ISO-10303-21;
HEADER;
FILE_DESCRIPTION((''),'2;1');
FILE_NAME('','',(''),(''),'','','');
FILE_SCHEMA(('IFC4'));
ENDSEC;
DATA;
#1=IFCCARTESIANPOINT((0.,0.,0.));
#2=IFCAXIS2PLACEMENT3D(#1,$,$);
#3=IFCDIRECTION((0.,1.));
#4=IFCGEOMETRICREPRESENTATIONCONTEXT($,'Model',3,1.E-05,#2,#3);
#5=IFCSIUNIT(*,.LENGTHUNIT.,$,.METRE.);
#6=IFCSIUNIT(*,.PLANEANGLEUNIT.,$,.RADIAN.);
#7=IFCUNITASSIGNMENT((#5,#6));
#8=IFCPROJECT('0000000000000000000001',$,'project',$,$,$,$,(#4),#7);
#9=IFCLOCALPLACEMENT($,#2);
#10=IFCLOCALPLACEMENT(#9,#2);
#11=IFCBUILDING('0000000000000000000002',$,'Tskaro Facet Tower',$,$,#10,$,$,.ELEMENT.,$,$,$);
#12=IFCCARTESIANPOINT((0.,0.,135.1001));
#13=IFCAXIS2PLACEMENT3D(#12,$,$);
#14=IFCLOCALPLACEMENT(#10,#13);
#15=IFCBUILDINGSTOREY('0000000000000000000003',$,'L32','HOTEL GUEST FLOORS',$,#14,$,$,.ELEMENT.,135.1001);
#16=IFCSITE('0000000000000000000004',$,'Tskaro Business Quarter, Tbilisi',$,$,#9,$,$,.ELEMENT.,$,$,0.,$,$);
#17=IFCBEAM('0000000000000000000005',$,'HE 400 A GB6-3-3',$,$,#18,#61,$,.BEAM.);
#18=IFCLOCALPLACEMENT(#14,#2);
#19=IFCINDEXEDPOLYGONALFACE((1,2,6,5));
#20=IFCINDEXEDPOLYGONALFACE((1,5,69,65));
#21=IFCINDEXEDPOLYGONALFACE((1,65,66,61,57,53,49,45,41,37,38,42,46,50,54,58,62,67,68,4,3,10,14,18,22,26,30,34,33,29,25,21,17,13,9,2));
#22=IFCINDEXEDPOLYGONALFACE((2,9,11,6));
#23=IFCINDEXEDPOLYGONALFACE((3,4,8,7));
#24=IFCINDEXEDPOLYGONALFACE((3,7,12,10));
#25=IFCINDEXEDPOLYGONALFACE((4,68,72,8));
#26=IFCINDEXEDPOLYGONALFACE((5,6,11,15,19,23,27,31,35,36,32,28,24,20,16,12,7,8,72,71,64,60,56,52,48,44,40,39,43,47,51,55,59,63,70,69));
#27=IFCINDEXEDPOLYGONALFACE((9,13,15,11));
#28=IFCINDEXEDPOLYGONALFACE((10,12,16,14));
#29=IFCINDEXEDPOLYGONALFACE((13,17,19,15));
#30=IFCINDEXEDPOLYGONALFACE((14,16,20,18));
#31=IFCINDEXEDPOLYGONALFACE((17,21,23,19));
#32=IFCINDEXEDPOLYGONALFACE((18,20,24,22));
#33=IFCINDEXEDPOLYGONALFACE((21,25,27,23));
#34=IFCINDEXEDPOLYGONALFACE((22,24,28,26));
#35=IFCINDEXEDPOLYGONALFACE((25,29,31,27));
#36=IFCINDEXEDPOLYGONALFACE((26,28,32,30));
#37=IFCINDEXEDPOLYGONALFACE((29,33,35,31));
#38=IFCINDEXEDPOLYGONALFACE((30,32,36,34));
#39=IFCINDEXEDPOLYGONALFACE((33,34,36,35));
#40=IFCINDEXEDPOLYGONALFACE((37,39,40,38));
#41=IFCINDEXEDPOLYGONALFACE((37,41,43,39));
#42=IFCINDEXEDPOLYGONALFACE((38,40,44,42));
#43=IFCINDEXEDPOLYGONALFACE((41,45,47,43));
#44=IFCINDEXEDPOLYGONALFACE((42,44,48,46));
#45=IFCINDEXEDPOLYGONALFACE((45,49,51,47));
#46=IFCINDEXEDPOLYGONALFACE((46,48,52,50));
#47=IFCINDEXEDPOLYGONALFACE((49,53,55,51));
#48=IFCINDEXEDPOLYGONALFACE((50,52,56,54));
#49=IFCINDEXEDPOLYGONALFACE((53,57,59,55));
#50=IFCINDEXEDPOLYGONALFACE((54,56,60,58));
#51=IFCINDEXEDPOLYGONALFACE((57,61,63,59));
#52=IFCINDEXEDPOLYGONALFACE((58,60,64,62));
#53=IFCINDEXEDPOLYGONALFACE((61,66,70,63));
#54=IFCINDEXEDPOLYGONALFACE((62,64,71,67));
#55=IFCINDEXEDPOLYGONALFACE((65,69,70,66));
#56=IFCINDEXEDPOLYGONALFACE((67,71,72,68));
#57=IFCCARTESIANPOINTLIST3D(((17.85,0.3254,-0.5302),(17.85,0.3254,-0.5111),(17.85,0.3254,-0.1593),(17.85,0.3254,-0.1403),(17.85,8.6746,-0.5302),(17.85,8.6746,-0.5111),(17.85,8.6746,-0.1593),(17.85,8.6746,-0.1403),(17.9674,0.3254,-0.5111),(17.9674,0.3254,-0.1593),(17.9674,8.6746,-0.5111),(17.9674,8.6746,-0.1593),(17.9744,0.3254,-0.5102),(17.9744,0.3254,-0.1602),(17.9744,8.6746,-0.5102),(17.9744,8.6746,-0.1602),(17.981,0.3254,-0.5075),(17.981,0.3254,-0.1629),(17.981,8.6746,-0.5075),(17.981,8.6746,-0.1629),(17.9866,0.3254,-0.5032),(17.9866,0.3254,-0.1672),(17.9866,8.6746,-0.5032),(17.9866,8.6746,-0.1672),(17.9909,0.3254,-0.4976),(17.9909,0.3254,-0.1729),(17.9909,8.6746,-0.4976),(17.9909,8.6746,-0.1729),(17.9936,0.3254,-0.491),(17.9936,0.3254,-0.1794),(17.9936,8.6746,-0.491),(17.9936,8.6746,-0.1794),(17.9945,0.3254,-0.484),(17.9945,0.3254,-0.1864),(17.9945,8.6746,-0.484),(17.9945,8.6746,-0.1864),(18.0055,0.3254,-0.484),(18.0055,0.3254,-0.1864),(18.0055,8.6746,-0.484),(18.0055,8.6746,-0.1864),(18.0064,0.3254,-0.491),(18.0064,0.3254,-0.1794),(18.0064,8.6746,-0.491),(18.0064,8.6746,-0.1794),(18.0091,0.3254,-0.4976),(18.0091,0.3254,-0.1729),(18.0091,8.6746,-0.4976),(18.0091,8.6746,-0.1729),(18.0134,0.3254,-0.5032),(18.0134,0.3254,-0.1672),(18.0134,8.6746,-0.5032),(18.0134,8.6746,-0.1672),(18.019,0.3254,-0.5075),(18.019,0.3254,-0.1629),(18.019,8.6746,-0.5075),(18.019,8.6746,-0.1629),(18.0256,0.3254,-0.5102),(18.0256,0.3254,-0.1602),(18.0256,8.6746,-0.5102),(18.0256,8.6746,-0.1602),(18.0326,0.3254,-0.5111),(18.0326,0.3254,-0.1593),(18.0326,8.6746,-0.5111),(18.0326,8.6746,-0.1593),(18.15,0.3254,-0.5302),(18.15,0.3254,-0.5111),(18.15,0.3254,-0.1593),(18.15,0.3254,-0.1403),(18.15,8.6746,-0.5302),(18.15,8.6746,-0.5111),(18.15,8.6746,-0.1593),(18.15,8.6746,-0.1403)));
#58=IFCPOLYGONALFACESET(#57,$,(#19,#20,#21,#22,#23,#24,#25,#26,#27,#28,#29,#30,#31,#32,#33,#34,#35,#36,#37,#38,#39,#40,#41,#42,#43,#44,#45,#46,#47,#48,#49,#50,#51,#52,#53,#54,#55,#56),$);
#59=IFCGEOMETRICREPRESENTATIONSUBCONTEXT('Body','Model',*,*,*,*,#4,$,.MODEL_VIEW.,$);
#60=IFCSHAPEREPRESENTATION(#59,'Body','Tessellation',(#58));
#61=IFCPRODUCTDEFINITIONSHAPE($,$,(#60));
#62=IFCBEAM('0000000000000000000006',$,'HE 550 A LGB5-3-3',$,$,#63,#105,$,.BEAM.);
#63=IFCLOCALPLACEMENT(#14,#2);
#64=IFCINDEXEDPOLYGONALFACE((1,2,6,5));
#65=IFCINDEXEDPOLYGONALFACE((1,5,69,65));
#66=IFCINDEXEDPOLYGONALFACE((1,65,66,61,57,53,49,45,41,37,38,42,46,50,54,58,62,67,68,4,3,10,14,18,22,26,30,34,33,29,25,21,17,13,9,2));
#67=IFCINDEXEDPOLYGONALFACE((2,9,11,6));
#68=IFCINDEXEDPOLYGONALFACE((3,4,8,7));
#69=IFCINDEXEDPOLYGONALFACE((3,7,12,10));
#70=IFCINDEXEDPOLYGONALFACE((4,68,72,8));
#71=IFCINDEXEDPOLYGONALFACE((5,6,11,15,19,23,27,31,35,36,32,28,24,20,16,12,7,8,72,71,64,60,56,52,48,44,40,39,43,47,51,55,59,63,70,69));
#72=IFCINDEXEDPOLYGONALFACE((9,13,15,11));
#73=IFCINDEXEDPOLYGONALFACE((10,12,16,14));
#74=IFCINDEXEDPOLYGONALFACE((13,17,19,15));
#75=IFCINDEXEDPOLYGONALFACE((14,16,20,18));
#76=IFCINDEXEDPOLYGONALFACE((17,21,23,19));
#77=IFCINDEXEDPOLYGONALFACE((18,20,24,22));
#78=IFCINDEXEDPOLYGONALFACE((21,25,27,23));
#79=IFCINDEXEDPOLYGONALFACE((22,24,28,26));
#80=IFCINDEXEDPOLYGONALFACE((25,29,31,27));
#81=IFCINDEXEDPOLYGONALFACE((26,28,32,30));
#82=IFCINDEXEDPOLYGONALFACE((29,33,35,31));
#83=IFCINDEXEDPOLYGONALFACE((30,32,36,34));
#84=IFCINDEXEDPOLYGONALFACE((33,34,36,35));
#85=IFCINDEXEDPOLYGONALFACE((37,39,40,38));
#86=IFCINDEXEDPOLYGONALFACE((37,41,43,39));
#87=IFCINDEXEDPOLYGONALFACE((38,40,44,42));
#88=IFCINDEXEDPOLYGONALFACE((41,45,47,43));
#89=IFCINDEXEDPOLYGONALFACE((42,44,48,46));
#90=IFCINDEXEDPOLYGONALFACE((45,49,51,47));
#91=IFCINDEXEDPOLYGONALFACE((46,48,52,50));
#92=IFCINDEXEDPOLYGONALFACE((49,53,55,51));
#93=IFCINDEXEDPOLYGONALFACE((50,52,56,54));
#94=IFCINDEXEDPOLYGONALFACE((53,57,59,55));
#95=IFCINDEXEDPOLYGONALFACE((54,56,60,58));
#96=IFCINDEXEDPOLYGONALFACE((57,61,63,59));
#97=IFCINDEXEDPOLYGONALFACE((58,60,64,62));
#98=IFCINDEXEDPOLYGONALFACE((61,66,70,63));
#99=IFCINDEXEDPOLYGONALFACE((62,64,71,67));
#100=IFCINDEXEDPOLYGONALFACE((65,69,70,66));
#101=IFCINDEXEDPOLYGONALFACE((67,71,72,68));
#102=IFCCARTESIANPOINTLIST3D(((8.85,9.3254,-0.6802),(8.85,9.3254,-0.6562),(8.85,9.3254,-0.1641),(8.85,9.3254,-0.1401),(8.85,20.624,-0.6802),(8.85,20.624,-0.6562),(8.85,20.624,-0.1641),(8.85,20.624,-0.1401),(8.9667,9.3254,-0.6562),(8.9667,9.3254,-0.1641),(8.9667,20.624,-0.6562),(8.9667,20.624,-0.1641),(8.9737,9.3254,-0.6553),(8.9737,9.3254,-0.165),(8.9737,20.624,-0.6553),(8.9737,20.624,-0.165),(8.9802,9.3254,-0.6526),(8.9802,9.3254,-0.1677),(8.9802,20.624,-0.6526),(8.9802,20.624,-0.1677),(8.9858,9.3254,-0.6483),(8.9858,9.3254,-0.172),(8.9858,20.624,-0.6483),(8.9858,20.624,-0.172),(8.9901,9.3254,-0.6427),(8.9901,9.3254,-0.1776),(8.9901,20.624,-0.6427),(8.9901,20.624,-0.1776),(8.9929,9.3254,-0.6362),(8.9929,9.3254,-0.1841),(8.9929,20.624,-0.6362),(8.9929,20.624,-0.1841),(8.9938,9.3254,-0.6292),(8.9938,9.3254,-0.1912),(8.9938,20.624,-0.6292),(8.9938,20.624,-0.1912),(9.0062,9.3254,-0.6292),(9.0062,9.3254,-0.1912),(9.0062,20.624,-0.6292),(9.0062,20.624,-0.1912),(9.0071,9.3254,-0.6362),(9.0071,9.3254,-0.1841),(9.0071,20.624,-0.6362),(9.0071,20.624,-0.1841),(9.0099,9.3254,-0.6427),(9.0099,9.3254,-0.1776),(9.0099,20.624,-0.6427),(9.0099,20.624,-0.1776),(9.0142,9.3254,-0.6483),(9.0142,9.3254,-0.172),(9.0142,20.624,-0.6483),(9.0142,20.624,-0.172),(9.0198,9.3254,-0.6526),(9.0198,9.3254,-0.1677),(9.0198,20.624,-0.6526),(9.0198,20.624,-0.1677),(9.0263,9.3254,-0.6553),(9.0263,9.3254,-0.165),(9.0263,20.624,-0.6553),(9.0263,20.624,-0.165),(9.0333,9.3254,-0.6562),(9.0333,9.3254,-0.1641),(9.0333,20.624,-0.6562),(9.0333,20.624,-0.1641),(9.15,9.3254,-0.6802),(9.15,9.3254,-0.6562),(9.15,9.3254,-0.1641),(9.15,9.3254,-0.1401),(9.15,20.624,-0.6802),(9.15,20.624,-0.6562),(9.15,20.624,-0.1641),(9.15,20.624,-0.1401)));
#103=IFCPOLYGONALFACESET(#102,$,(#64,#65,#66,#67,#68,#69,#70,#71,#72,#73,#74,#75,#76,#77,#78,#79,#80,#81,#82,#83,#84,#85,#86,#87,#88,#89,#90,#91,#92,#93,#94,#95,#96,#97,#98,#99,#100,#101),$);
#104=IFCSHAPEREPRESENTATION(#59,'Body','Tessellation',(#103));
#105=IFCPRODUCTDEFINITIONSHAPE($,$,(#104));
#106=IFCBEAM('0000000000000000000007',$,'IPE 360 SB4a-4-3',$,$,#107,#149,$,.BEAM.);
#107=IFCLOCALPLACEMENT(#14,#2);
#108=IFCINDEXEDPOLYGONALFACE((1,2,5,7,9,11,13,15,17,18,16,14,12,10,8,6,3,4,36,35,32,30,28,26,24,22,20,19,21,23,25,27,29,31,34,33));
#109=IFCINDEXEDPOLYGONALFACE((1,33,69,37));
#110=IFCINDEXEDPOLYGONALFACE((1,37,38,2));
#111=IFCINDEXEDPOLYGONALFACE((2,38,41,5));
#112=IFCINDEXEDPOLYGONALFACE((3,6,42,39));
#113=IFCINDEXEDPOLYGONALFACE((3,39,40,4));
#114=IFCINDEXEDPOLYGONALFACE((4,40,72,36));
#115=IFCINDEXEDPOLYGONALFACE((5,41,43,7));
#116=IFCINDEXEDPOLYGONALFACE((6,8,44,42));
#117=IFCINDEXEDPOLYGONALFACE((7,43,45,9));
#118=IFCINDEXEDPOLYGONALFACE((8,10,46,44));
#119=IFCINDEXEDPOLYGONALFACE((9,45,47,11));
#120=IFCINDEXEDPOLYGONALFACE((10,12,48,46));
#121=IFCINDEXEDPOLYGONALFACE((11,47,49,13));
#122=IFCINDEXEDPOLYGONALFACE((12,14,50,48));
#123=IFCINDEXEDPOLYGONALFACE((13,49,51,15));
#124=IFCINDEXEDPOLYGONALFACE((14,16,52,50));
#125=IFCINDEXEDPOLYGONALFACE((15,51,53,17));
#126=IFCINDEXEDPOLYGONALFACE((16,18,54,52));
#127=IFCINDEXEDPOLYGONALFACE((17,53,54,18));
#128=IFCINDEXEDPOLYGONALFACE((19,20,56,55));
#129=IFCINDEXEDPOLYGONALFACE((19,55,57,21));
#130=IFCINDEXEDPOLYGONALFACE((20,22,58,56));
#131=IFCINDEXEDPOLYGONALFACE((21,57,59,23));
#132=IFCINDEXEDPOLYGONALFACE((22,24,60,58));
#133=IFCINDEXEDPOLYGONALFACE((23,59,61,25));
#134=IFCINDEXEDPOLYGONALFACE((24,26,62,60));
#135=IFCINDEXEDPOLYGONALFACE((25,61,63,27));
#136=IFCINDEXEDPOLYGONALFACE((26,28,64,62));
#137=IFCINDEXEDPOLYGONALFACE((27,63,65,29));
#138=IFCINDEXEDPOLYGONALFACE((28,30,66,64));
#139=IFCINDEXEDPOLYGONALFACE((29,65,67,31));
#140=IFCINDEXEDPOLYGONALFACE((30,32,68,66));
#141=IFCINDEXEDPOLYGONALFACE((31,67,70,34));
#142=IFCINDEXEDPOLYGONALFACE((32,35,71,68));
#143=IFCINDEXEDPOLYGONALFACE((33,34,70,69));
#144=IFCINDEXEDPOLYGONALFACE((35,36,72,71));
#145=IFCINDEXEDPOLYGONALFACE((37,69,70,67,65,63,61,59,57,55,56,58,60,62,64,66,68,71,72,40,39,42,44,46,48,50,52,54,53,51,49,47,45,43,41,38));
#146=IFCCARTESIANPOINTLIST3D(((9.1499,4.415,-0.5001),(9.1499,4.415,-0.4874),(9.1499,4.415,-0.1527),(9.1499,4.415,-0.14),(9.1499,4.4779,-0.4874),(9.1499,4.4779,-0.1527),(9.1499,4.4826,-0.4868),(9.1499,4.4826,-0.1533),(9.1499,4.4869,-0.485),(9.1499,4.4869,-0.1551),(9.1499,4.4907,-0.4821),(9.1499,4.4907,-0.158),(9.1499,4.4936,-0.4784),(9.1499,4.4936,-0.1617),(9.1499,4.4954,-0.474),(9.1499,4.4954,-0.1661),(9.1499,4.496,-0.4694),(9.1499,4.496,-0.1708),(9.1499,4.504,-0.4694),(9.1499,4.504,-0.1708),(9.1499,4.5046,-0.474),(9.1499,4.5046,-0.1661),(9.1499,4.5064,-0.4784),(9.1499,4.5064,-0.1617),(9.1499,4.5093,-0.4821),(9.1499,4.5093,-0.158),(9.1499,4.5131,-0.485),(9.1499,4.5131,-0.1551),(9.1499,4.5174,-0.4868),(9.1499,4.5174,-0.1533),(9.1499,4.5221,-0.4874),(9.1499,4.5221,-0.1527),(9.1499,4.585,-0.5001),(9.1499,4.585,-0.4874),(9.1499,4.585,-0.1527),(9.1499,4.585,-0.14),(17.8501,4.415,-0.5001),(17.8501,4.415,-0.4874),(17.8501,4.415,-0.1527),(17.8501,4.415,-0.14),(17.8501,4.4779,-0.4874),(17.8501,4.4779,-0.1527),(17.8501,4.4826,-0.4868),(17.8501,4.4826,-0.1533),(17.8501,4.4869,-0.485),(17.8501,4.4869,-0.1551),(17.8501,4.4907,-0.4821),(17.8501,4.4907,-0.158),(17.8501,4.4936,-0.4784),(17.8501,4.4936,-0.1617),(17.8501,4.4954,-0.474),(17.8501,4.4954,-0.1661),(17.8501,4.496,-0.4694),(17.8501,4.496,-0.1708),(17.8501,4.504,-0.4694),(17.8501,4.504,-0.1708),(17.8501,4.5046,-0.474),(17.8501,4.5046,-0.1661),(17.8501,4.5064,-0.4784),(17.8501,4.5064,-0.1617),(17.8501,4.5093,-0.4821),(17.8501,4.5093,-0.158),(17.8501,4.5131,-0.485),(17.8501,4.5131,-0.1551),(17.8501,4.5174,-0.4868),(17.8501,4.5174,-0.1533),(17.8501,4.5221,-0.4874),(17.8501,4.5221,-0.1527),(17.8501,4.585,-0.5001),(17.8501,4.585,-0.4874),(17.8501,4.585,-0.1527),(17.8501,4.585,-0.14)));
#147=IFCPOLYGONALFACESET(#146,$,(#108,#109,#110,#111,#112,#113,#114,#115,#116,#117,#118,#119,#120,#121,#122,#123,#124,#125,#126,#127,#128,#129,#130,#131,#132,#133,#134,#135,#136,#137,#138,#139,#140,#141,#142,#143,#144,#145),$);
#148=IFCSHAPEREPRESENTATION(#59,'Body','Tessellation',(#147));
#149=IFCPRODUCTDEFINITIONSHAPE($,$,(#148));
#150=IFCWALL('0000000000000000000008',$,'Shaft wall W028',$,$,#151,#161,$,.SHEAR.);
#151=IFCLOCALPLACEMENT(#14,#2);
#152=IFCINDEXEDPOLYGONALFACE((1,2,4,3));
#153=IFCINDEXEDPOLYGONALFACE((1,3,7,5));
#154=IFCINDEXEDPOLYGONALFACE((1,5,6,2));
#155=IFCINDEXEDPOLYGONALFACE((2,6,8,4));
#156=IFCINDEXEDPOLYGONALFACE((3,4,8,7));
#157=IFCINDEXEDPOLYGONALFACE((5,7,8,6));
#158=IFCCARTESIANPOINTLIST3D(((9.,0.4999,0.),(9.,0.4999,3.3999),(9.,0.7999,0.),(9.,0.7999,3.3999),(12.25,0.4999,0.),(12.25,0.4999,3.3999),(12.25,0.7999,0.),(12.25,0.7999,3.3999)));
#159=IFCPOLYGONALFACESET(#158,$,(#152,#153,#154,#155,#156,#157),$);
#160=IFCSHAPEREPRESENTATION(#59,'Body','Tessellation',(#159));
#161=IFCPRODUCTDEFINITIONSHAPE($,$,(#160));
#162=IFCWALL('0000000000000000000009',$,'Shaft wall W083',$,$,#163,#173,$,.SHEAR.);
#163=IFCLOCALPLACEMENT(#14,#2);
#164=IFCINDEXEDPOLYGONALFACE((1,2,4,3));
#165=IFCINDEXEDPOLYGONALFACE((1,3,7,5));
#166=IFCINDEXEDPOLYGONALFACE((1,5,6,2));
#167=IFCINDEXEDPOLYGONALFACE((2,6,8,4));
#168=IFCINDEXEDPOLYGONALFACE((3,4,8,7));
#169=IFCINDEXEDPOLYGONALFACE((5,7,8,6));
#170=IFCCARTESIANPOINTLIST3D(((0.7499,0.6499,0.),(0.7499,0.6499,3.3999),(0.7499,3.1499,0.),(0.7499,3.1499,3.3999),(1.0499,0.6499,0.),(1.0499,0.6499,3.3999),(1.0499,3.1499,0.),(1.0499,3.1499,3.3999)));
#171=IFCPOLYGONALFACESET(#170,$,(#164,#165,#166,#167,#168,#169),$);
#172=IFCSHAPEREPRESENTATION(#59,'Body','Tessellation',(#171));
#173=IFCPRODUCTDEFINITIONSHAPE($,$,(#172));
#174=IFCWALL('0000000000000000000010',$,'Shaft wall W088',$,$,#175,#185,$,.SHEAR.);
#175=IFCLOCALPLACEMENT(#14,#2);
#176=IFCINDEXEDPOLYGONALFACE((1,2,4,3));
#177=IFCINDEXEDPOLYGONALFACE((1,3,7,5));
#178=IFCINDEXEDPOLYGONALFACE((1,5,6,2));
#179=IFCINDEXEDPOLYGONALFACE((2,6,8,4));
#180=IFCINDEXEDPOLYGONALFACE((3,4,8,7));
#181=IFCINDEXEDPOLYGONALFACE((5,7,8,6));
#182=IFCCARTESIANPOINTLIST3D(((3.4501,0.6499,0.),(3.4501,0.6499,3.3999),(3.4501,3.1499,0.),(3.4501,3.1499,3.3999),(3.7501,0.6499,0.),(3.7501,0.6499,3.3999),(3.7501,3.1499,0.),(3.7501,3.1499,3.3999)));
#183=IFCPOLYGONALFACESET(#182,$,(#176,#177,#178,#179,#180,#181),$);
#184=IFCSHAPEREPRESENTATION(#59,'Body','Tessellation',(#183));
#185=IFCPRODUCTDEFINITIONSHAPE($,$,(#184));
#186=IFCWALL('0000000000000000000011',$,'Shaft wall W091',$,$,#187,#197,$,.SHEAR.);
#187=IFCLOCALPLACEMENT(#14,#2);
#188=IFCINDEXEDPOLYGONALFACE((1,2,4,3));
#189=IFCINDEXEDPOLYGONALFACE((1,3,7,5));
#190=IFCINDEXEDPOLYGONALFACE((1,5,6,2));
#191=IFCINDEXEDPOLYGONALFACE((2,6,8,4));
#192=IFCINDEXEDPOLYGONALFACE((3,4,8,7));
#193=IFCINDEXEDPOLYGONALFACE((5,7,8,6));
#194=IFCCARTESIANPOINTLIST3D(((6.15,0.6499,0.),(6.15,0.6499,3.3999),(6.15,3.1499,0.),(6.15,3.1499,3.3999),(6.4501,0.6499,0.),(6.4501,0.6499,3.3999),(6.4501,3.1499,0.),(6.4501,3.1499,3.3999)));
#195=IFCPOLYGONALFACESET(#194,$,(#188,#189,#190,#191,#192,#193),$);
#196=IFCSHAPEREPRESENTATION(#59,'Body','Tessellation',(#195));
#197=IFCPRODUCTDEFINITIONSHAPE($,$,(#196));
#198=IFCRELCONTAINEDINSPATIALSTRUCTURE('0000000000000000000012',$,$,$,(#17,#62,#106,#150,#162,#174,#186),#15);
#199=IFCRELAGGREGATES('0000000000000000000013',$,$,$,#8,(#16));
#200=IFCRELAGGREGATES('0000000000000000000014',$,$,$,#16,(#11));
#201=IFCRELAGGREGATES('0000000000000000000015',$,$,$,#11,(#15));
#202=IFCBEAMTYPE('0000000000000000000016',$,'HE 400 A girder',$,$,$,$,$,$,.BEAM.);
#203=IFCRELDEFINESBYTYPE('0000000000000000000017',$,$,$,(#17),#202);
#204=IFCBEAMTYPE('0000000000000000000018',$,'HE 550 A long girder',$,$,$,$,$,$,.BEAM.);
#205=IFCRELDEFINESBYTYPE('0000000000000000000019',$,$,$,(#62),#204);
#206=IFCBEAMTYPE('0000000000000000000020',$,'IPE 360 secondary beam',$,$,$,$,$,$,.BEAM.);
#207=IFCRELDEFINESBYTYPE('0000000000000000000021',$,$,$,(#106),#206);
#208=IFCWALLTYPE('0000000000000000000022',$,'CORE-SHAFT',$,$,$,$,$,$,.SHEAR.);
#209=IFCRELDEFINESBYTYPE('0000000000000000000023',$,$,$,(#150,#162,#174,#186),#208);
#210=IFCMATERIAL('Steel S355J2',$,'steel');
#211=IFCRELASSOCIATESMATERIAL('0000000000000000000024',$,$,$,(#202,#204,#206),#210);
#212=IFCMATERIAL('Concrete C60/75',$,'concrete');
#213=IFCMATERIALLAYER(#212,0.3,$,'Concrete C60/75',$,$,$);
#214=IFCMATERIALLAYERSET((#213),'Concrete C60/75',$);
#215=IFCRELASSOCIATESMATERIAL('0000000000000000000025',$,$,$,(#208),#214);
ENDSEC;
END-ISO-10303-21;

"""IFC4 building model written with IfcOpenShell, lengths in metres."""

from ifc_helpers import new_model, si_unit, direction, frame, frame_2d, origin, origin_2d, place, context, subcontext, project, spatial, rectangle, i_section, extrude, material, layer, layer_set, material_profile, profile_set, type_object, element, save


model = new_model("IFC4")

# Units and contexts
model_context = context("Model", 3, precision=1e-05, world=origin(), true_north=direction((0.0, 1.0)))
body_context = subcontext(model_context, "Body", "Model", "MODEL_VIEW")
ifc_project = project(units=[si_unit("LENGTHUNIT", "METRE"), si_unit("PLANEANGLEUNIT", "RADIAN")], contexts=[model_context])

# Site, building, storey
site_placement = place(None, origin())
site = spatial("IfcSite", under=ifc_project, at=site_placement, Name="Tskaro Business Quarter, Tbilisi", CompositionType="ELEMENT", RefElevation=0.0)
building_placement = place(site_placement, origin())
building = spatial("IfcBuilding", under=site, at=building_placement, Name="Tskaro Facet Tower", CompositionType="ELEMENT")
storey_placement = place(building_placement, frame((0.0, 0.0, 135.1001)))
storey = spatial("IfcBuildingStorey", under=building, at=storey_placement, Name="L32", Description="HOTEL GUEST FLOORS", CompositionType="ELEMENT", Elevation=135.1001)

# Beams
ifc_material_1 = material(Name="Steel S355J2", Category="steel")
ifc_material_profile_1 = material_profile(ifc_material_1, i_section(OverallWidth=0.3, OverallDepth=0.3899, WebThickness=0.011, FlangeThickness=0.019, FilletRadius=0.0271, at=origin_2d()), Name="HE 400 A")
ifc_profile_set_1 = profile_set([ifc_material_profile_1], Name="Steel S355J2")
beam_type_1 = type_object("IfcBeamType", Name="HE 400 A girder", PredefinedType="BEAM", material=ifc_profile_set_1)
beam_1_placement = place(storey_placement, frame((18.0, 0.3254, -0.3352), z_axis=(0.0, 1.0, 0.0), x_axis=(-1.0, 0.0, 0.0)))
element("IfcBeam", 1, at=beam_1_placement, inside=storey, type_object=beam_type_1, Name="HE 400 A GB6-3-3", PredefinedType="BEAM", context=body_context, shape_type="SweptSolid", body=[
    extrude(i_section(OverallWidth=0.3, OverallDepth=0.3899, WebThickness=0.011, FlangeThickness=0.019, FilletRadius=0.0271, at=origin_2d()), origin(), (0.0, 0.0, 1.0), 8.3491),
])
ifc_material_profile_2 = material_profile(ifc_material_1, i_section(OverallWidth=0.3, OverallDepth=0.54, WebThickness=0.0125, FlangeThickness=0.0239, FilletRadius=0.0271, at=origin_2d()), Name="HE 550 A")
ifc_profile_set_2 = profile_set([ifc_material_profile_2], Name="Steel S355J2")
beam_type_2 = type_object("IfcBeamType", Name="HE 550 A long girder", PredefinedType="BEAM", material=ifc_profile_set_2)
beam_2_placement = place(storey_placement, frame((9.0, 9.3254, -0.4102), z_axis=(0.0, 1.0, 0.0), x_axis=(-1.0, 0.0, 0.0)))
element("IfcBeam", 2, at=beam_2_placement, inside=storey, type_object=beam_type_2, Name="HE 550 A LGB5-3-3", PredefinedType="BEAM", context=body_context, shape_type="SweptSolid", body=[
    extrude(i_section(OverallWidth=0.3, OverallDepth=0.54, WebThickness=0.0125, FlangeThickness=0.0239, FilletRadius=0.0271, at=origin_2d()), origin(), (0.0, 0.0, 1.0), 11.2986),
])
ifc_material_profile_3 = material_profile(ifc_material_1, i_section(OverallWidth=0.1699, OverallDepth=0.3601, WebThickness=0.0081, FlangeThickness=0.0127, FilletRadius=0.0181, at=origin_2d()), Name="IPE 360")
ifc_profile_set_3 = profile_set([ifc_material_profile_3], Name="Steel S355J2")
beam_type_3 = type_object("IfcBeamType", Name="IPE 360 secondary beam", PredefinedType="BEAM", material=ifc_profile_set_3)
beam_3_placement = place(storey_placement, frame((9.1499, 4.5, -0.3201), z_axis=(1.0, 0.0, 0.0), x_axis=(0.0, 1.0, 0.0)))
element("IfcBeam", 3, at=beam_3_placement, inside=storey, type_object=beam_type_3, Name="IPE 360 SB4a-4-3", PredefinedType="BEAM", context=body_context, shape_type="SweptSolid", body=[
    extrude(i_section(OverallWidth=0.1699, OverallDepth=0.3601, WebThickness=0.0081, FlangeThickness=0.0127, FilletRadius=0.0181, at=origin_2d()), origin(), (0.0, 0.0, 1.0), 8.7002),
])

# Walls
ifc_material_2 = material(Name="Concrete C60/75", Category="concrete")
ifc_layer_1 = layer(ifc_material_2, 0.3, Name="Concrete C60/75")
ifc_layer_set_1 = layer_set([ifc_layer_1], Name="Concrete C60/75")
wall_type_1 = type_object("IfcWallType", Name="CORE-SHAFT", PredefinedType="SHEAR", material=ifc_layer_set_1)
wall_1_placement = place(storey_placement, frame((12.25, 0.6499, 0.0), z_axis=(0.0, 0.0, 1.0), x_axis=(-1.0, 0.0, 0.0)))
element("IfcWall", 4, at=wall_1_placement, inside=storey, type_object=wall_type_1, Name="Shaft wall W028", PredefinedType="SHEAR", context=body_context, shape_type="SweptSolid", body=[
    extrude(rectangle(XDim=3.25, YDim=0.3, at=frame_2d((1.625, 0.0))), origin(), (0.0, 0.0, 1.0), 3.3999),
])
for number, where, z_axis, x_axis, name in (
    (5, (0.8999, 0.6499, 0.0), (0.0, 0.0, 1.0), (0.0, 1.0, 0.0), "Shaft wall W083"),
    (6, (3.6001, 0.6499, 0.0), (0.0, 0.0, 1.0), (0.0, 1.0, 0.0), "Shaft wall W088"),
    (7, (6.3, 0.6499, 0.0), (0.0, 0.0, 1.0), (0.0, 1.0, 0.0), "Shaft wall W091"),
):
    element("IfcWall", number, at=place(storey_placement, frame(where, z_axis=z_axis, x_axis=x_axis)), inside=storey, type_object=wall_type_1, Name=name, PredefinedType="SHEAR", context=body_context, shape_type="SweptSolid", body=[
        extrude(rectangle(XDim=2.5, YDim=0.3, at=frame_2d((1.25, 0.0))), origin(), (0.0, 0.0, 1.0), 3.3999),
    ])

save(model, "model.ifc")
